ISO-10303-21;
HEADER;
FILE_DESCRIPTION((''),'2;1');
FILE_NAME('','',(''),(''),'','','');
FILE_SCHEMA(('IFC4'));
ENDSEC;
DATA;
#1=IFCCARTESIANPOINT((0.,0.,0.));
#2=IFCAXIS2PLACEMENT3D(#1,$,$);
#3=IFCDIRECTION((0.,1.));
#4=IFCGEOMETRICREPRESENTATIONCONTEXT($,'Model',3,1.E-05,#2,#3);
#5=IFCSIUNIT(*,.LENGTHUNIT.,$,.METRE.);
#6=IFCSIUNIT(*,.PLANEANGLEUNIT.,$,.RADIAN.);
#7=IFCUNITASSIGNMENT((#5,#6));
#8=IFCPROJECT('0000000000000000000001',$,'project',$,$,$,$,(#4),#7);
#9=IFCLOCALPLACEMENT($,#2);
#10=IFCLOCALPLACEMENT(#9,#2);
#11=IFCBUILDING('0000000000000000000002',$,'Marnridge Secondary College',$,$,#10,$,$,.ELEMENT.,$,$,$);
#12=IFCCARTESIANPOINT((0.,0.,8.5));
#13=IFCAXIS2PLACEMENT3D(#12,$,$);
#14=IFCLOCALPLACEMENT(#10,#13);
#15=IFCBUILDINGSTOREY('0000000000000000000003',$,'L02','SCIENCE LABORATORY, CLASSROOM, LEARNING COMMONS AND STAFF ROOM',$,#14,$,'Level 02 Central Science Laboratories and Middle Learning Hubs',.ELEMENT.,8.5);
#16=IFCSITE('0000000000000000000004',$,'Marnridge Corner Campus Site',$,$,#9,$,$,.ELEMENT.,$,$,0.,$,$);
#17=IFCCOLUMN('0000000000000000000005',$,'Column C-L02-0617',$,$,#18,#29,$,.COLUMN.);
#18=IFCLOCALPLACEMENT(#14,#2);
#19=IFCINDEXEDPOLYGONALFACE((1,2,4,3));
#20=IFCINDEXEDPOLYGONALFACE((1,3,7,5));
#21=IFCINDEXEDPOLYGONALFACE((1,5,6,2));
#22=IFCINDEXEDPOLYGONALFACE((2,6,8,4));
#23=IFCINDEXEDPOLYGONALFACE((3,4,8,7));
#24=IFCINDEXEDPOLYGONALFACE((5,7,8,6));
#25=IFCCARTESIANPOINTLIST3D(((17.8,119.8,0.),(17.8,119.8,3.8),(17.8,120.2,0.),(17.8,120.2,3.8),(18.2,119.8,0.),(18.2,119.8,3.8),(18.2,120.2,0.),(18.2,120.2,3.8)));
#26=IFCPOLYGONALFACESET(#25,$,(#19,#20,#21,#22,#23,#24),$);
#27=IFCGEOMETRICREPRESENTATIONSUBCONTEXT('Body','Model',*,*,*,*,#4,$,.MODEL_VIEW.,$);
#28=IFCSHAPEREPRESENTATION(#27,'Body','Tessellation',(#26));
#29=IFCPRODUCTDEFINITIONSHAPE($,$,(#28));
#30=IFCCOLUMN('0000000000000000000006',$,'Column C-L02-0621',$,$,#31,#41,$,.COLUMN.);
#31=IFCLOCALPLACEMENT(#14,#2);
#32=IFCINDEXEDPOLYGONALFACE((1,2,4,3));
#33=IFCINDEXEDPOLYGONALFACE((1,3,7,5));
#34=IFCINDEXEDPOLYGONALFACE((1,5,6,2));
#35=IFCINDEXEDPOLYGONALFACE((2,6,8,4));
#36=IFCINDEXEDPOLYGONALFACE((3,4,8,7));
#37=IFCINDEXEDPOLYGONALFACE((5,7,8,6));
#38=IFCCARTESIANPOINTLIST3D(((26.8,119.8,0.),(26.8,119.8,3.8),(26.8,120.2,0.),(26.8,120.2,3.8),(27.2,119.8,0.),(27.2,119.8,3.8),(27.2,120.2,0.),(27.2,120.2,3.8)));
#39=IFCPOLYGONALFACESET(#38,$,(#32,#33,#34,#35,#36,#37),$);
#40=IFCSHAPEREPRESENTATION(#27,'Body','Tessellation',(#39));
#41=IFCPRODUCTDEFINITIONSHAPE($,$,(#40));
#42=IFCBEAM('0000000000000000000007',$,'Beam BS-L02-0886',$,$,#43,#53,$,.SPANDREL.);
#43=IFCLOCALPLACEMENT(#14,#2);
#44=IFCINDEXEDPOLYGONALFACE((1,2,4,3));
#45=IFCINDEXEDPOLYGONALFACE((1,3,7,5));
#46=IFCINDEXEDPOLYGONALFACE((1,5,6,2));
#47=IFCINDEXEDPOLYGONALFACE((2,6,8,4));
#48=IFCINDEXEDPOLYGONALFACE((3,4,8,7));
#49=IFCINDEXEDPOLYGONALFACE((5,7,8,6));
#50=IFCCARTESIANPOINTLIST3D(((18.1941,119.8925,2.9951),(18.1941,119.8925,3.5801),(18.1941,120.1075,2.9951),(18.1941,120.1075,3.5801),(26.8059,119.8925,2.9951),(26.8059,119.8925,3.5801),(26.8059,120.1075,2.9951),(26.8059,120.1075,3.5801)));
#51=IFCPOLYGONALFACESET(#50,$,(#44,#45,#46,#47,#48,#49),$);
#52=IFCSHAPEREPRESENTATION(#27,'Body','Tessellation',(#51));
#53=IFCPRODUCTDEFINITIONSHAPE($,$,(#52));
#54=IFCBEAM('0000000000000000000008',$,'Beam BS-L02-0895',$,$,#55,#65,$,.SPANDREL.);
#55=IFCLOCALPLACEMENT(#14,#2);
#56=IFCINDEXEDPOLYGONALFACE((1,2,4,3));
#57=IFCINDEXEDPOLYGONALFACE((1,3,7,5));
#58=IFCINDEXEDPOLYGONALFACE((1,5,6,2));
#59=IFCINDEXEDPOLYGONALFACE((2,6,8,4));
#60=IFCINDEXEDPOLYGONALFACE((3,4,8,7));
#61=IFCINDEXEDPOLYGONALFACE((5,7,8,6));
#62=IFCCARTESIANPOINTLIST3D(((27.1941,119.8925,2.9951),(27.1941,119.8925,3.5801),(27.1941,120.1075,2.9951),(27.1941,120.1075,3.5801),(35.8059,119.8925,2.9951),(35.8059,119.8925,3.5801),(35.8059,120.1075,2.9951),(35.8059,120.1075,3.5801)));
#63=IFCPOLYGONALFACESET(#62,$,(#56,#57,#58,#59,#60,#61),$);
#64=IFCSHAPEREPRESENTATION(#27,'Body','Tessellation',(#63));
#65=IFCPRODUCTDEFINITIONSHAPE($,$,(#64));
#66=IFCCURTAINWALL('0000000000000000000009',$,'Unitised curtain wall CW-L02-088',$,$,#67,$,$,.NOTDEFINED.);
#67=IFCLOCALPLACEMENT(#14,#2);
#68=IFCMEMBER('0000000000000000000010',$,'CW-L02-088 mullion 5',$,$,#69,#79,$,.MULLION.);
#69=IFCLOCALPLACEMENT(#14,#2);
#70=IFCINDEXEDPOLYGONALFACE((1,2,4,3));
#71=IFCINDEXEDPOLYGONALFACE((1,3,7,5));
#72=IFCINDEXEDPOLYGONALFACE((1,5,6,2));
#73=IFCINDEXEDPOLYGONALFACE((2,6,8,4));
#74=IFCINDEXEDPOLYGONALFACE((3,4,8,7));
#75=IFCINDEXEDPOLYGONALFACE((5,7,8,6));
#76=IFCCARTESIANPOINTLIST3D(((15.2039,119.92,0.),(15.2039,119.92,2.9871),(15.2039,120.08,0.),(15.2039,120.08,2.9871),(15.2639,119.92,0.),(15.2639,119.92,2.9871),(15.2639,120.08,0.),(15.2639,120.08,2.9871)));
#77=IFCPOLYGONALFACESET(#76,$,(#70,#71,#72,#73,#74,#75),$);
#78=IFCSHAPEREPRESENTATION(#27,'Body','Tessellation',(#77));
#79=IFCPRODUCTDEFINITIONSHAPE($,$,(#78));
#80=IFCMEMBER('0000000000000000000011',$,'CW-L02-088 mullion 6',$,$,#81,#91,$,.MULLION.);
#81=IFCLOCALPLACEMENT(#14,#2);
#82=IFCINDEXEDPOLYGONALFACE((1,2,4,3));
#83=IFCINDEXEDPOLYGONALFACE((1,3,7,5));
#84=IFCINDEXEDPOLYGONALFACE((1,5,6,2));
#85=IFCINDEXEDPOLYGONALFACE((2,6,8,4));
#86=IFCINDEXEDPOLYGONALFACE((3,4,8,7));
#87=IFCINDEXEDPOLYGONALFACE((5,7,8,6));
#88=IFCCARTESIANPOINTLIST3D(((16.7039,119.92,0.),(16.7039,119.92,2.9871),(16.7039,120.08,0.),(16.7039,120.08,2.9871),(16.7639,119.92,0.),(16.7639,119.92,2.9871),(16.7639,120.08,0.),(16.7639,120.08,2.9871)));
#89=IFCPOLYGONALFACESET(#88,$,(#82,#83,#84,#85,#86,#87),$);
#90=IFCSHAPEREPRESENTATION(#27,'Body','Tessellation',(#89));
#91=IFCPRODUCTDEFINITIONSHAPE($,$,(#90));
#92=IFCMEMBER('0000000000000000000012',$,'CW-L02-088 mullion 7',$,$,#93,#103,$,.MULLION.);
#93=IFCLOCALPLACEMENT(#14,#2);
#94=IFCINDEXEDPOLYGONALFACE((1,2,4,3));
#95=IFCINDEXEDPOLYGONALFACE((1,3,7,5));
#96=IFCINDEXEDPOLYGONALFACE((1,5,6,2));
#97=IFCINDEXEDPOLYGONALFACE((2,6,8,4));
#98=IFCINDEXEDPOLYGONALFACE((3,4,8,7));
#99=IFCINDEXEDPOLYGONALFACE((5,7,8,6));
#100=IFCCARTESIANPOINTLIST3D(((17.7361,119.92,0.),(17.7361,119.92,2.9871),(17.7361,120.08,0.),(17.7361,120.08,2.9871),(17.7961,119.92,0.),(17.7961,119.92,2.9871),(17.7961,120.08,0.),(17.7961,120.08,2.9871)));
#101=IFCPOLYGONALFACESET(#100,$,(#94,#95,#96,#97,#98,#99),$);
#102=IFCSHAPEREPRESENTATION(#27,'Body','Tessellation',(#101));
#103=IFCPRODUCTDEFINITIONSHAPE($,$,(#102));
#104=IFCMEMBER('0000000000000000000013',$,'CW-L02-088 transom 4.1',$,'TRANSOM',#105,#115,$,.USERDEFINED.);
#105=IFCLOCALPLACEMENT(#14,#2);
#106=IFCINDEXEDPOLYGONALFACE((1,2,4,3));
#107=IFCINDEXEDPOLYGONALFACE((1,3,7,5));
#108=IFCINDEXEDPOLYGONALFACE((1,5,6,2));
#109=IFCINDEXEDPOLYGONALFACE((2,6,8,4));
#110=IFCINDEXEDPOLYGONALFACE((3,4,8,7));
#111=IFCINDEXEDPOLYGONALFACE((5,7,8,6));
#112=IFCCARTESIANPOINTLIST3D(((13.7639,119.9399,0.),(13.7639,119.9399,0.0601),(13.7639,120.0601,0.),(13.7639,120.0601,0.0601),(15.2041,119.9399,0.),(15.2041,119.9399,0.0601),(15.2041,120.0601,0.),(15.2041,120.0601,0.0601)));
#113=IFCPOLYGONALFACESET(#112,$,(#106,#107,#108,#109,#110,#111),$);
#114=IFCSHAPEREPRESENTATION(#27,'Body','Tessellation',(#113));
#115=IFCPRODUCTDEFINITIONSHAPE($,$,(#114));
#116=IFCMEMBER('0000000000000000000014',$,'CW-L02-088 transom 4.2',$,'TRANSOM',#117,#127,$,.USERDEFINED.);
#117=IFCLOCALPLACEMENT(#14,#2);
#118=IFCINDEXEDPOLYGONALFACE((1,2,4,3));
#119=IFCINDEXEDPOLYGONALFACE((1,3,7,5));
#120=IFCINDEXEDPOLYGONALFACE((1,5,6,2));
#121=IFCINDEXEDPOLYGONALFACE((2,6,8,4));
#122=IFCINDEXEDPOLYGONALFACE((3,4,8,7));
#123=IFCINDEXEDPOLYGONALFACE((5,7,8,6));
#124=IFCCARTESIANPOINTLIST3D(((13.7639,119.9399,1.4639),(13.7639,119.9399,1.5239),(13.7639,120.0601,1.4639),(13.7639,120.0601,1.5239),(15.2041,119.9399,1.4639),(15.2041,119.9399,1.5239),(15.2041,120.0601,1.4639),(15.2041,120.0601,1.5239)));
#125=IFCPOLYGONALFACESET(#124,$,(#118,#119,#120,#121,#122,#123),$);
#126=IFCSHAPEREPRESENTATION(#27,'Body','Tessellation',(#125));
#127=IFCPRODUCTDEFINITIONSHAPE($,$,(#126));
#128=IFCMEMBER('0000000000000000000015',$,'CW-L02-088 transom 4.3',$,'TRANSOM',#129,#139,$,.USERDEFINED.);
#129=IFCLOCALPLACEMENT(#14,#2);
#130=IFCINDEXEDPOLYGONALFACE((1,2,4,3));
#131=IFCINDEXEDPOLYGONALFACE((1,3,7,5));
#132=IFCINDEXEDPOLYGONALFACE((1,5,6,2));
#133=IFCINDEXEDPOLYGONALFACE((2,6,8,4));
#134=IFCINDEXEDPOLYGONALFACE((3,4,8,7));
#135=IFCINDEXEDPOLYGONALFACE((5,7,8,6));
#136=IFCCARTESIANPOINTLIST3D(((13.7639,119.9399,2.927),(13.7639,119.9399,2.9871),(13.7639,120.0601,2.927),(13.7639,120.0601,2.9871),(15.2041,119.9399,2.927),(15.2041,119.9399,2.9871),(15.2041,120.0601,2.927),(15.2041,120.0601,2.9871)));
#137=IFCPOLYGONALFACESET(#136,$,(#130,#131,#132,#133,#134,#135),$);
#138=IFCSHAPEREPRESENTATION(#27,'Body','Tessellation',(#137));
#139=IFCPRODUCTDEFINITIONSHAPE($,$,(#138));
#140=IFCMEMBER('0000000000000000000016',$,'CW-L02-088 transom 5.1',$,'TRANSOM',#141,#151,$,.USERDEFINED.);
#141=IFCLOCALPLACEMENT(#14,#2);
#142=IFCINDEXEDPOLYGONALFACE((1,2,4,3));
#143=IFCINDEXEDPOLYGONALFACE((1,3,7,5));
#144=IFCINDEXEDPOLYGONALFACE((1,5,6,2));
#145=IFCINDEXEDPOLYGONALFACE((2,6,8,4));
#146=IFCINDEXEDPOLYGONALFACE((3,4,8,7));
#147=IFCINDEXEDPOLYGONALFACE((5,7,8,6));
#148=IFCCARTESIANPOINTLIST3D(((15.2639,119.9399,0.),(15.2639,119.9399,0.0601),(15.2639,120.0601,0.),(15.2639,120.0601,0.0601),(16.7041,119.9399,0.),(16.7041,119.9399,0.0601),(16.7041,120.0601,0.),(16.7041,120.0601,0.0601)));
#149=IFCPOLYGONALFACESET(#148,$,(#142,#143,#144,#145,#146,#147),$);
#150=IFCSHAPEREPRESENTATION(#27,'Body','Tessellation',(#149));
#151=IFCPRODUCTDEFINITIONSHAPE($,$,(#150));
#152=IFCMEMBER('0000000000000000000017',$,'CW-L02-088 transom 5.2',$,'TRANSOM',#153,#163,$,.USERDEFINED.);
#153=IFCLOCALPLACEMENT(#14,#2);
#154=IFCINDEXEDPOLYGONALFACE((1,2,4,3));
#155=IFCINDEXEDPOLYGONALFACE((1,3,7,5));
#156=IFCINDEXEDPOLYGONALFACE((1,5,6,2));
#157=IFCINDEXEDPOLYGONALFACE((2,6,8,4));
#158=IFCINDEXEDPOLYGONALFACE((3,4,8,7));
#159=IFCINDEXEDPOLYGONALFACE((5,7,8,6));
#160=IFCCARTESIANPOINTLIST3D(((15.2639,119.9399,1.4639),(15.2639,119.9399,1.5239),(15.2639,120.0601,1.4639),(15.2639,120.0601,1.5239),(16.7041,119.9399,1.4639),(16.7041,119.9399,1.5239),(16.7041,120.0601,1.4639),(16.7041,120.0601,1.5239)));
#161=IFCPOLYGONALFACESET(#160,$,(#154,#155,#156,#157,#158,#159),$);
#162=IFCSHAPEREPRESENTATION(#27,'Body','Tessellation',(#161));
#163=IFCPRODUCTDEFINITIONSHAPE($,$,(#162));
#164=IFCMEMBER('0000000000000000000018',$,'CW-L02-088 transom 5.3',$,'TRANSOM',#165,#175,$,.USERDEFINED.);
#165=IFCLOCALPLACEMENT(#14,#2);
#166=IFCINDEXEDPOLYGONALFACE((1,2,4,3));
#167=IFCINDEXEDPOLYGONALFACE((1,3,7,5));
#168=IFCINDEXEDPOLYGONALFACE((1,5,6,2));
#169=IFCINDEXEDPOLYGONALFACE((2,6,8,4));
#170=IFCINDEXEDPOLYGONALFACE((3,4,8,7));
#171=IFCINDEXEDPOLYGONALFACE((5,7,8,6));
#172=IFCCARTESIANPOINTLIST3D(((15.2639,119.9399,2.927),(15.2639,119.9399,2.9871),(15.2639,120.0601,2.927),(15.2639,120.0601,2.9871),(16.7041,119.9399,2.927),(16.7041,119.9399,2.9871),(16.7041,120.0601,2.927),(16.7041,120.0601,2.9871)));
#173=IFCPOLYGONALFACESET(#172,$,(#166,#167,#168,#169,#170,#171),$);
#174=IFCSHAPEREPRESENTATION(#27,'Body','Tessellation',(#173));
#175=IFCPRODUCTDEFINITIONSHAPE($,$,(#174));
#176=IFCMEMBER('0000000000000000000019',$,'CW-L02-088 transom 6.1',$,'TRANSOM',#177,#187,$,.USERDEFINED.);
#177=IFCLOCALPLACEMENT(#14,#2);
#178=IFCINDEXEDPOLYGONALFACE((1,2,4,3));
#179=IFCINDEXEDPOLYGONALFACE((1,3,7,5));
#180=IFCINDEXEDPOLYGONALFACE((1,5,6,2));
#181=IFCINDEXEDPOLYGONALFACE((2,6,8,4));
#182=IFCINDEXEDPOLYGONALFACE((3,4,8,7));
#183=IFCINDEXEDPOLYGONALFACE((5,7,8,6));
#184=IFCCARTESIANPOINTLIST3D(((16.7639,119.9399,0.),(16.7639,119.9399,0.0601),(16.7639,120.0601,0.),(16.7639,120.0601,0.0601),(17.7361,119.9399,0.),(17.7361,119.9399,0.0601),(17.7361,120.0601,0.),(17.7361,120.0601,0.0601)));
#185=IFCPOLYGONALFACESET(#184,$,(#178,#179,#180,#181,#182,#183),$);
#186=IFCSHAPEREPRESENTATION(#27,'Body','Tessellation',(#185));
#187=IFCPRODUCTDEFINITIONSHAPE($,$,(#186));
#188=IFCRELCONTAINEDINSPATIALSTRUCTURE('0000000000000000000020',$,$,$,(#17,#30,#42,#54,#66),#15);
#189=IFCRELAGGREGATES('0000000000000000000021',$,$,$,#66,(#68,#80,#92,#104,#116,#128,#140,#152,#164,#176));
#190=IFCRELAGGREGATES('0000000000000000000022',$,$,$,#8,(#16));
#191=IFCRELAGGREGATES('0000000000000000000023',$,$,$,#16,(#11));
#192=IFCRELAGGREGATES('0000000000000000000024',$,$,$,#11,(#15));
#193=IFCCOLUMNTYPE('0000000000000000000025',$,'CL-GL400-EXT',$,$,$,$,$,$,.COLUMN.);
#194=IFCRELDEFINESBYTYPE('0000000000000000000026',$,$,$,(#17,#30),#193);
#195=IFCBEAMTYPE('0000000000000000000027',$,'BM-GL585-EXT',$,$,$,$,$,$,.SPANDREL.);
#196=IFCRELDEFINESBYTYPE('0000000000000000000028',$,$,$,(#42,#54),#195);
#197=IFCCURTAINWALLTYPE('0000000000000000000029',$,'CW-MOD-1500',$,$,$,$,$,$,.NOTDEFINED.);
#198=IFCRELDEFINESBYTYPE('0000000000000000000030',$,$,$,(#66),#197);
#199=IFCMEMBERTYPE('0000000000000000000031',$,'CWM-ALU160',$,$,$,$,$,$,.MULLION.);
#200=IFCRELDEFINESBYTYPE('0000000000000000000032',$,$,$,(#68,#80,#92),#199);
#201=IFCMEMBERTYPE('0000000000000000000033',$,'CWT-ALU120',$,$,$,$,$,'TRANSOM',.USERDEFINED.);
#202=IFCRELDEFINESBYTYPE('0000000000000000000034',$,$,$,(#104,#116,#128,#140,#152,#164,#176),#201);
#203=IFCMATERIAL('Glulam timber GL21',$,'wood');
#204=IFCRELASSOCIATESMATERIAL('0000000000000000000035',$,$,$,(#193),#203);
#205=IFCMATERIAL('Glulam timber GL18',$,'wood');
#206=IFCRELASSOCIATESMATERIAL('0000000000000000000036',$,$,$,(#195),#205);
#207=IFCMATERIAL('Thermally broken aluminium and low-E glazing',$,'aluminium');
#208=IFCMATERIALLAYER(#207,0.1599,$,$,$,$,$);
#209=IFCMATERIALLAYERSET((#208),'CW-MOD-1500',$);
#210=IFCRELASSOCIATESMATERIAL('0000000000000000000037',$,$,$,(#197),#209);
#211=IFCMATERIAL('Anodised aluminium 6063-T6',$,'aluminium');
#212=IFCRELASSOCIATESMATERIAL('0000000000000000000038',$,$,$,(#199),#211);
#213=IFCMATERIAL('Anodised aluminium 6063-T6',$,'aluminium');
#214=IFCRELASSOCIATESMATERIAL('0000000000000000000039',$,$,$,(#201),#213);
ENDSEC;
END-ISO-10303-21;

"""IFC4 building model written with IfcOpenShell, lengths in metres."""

from ifc_helpers import new_model, si_unit, direction, frame, origin, origin_2d, place, context, subcontext, project, spatial, rectangle, extrude, material, layer, layer_set, material_profile, profile_set, type_object, element, aggregate, save


model = new_model("IFC4")

# Units and contexts
model_context = context("Model", 3, precision=1e-05, world=origin(), true_north=direction((0.0, 1.0)))
body_context = subcontext(model_context, "Body", "Model", "MODEL_VIEW")
ifc_project = project(units=[si_unit("LENGTHUNIT", "METRE"), si_unit("PLANEANGLEUNIT", "RADIAN")], contexts=[model_context])

# Site, building, storey
site_placement = place(None, origin())
site = spatial("IfcSite", under=ifc_project, at=site_placement, Name="Marnridge Corner Campus Site", CompositionType="ELEMENT", RefElevation=0.0)
building_placement = place(site_placement, origin())
building = spatial("IfcBuilding", under=site, at=building_placement, Name="Marnridge Secondary College", CompositionType="ELEMENT")
storey_placement = place(building_placement, frame((0.0, 0.0, 8.5)))
storey = spatial("IfcBuildingStorey", under=building, at=storey_placement, Name="L02", Description="SCIENCE LABORATORY, CLASSROOM, LEARNING COMMONS AND STAFF ROOM", LongName="Level 02 Central Science Laboratories and Middle Learning Hubs", CompositionType="ELEMENT", Elevation=8.5)

# Columns
ifc_material_1 = material(Name="Glulam timber GL21", Category="wood")
ifc_material_profile_1 = material_profile(ifc_material_1, rectangle(XDim=0.3999, YDim=0.3999, at=origin_2d()), Name="GL21 400x400")
ifc_profile_set_1 = profile_set([ifc_material_profile_1], Name="Glulam timber GL21")
column_type = type_object("IfcColumnType", Name="CL-GL400-EXT", PredefinedType="COLUMN", material=ifc_profile_set_1)
for number, where, z_axis, x_axis, name in (
    (1, (18.0, 120.0, 0.0), (0.0, 0.0, 1.0), (1.0, 0.0, 0.0), "Column C-L02-0617"),
    (2, (27.0, 120.0, 0.0), (0.0, 0.0, 1.0), (1.0, 0.0, 0.0), "Column C-L02-0621"),
):
    element("IfcColumn", number, at=place(storey_placement, frame(where, z_axis=z_axis, x_axis=x_axis)), inside=storey, type_object=column_type, Name=name, PredefinedType="COLUMN", context=body_context, shape_type="SweptSolid", body=[
        extrude(rectangle(XDim=0.3999, YDim=0.3999, at=origin_2d()), origin(), (0.0, 0.0, 1.0), 3.8),
    ])

# Beams
ifc_material_2 = material(Name="Glulam timber GL18", Category="wood")
ifc_material_profile_2 = material_profile(ifc_material_2, rectangle(XDim=0.2151, YDim=0.585, at=origin_2d()), Name="GL18 215x585")
ifc_profile_set_2 = profile_set([ifc_material_profile_2], Name="Glulam timber GL18")
beam_type = type_object("IfcBeamType", Name="BM-GL585-EXT", PredefinedType="SPANDREL", material=ifc_profile_set_2)
for number, where, z_axis, x_axis, name in (
    (3, (18.1941, 120.0, 3.2876), (1.0, 0.0, 0.0), (0.0, 1.0, 0.0), "Beam BS-L02-0886"),
    (4, (27.1941, 120.0, 3.2876), (1.0, 0.0, 0.0), (0.0, 1.0, 0.0), "Beam BS-L02-0895"),
):
    element("IfcBeam", number, at=place(storey_placement, frame(where, z_axis=z_axis, x_axis=x_axis)), inside=storey, type_object=beam_type, Name=name, PredefinedType="SPANDREL", context=body_context, shape_type="SweptSolid", body=[
        extrude(rectangle(XDim=0.2151, YDim=0.585, at=origin_2d()), origin(), (0.0, 0.0, 1.0), 8.6118),
    ])

# Curtain wall, members
ifc_material_3 = material(Name="Thermally broken aluminium and low-E glazing", Category="aluminium")
ifc_layer_1 = layer(ifc_material_3, 0.1599)
ifc_layer_set_1 = layer_set([ifc_layer_1], Name="CW-MOD-1500")
curtain_wall_type = type_object("IfcCurtainWallType", Name="CW-MOD-1500", PredefinedType="NOTDEFINED", material=ifc_layer_set_1)
curtain_wall_placement = place(storey_placement, origin())
curtain_wall = element("IfcCurtainWall", 5, at=curtain_wall_placement, inside=storey, type_object=curtain_wall_type, Name="Unitised curtain wall CW-L02-088", PredefinedType="NOTDEFINED")
ifc_material_4 = material(Name="Anodised aluminium 6063-T6", Category="aluminium")
ifc_material_profile_3 = material_profile(ifc_material_4, rectangle(XDim=0.0601, YDim=0.1599, at=origin_2d()), Name="ALU 60x160")
ifc_profile_set_3 = profile_set([ifc_material_profile_3], Name="Anodised aluminium 6063-T6")
member_type_1 = type_object("IfcMemberType", Name="CWM-ALU160", PredefinedType="MULLION", material=ifc_profile_set_3)
member_1_placement = place(storey_placement, frame((15.2339, 120.0, 0.0), z_axis=(0.0, 0.0, 1.0), x_axis=(1.0, 0.0, 0.0)))
member_1 = element("IfcMember", 6, at=member_1_placement, type_object=member_type_1, Name="CW-L02-088 mullion 5", PredefinedType="MULLION", context=body_context, shape_type="SweptSolid", body=[
    extrude(rectangle(XDim=0.0601, YDim=0.1599, at=origin_2d()), origin(), (0.0, 0.0, 1.0), 2.9871),
])
member_2_placement = place(storey_placement, frame((16.7339, 120.0, 0.0), z_axis=(0.0, 0.0, 1.0), x_axis=(1.0, 0.0, 0.0)))
member_2 = element("IfcMember", 7, at=member_2_placement, type_object=member_type_1, Name="CW-L02-088 mullion 6", PredefinedType="MULLION", context=body_context, shape_type="SweptSolid", body=[
    extrude(rectangle(XDim=0.0601, YDim=0.1599, at=origin_2d()), origin(), (0.0, 0.0, 1.0), 2.9871),
])
member_3_placement = place(storey_placement, frame((17.7661, 120.0, 0.0), z_axis=(0.0, 0.0, 1.0), x_axis=(1.0, 0.0, 0.0)))
member_3 = element("IfcMember", 8, at=member_3_placement, type_object=member_type_1, Name="CW-L02-088 mullion 7", PredefinedType="MULLION", context=body_context, shape_type="SweptSolid", body=[
    extrude(rectangle(XDim=0.0601, YDim=0.1599, at=origin_2d()), origin(), (0.0, 0.0, 1.0), 2.9871),
])
ifc_material_5 = material(Name="Anodised aluminium 6063-T6", Category="aluminium")
ifc_material_profile_4 = material_profile(ifc_material_5, rectangle(XDim=0.0601, YDim=0.1201, at=origin_2d()), Name="ALU 60x120")
ifc_profile_set_4 = profile_set([ifc_material_profile_4], Name="Anodised aluminium 6063-T6")
member_type_2 = type_object("IfcMemberType", Name="CWT-ALU120", ElementType="TRANSOM", PredefinedType="USERDEFINED", material=ifc_profile_set_4)
member_4_placement = place(storey_placement, frame((13.7639, 120.0, 0.03), z_axis=(1.0, 0.0, 0.0), x_axis=(0.0, 0.0, 1.0)))
member_4 = element("IfcMember", 9, at=member_4_placement, type_object=member_type_2, Name="CW-L02-088 transom 4.1", ObjectType="TRANSOM", PredefinedType="USERDEFINED", context=body_context, shape_type="SweptSolid", body=[
    extrude(rectangle(XDim=0.0601, YDim=0.1201, at=origin_2d()), origin(), (0.0, 0.0, 1.0), 1.4402),
])
member_5_placement = place(storey_placement, frame((13.7639, 120.0, 1.4939), z_axis=(1.0, 0.0, 0.0), x_axis=(0.0, 0.0, 1.0)))
member_5 = element("IfcMember", 10, at=member_5_placement, type_object=member_type_2, Name="CW-L02-088 transom 4.2", ObjectType="TRANSOM", PredefinedType="USERDEFINED", context=body_context, shape_type="SweptSolid", body=[
    extrude(rectangle(XDim=0.0601, YDim=0.1201, at=origin_2d()), origin(), (0.0, 0.0, 1.0), 1.4402),
])
member_6_placement = place(storey_placement, frame((13.7639, 120.0, 2.957), z_axis=(1.0, 0.0, 0.0), x_axis=(0.0, 0.0, 1.0)))
member_6 = element("IfcMember", 11, at=member_6_placement, type_object=member_type_2, Name="CW-L02-088 transom 4.3", ObjectType="TRANSOM", PredefinedType="USERDEFINED", context=body_context, shape_type="SweptSolid", body=[
    extrude(rectangle(XDim=0.0601, YDim=0.1201, at=origin_2d()), origin(), (0.0, 0.0, 1.0), 1.4402),
])
member_7_placement = place(storey_placement, frame((15.2639, 120.0, 0.03), z_axis=(1.0, 0.0, 0.0), x_axis=(0.0, 0.0, 1.0)))
member_7 = element("IfcMember", 12, at=member_7_placement, type_object=member_type_2, Name="CW-L02-088 transom 5.1", ObjectType="TRANSOM", PredefinedType="USERDEFINED", context=body_context, shape_type="SweptSolid", body=[
    extrude(rectangle(XDim=0.0601, YDim=0.1201, at=origin_2d()), origin(), (0.0, 0.0, 1.0), 1.4402),
])
member_8_placement = place(storey_placement, frame((15.2639, 120.0, 1.4939), z_axis=(1.0, 0.0, 0.0), x_axis=(0.0, 0.0, 1.0)))
member_8 = element("IfcMember", 13, at=member_8_placement, type_object=member_type_2, Name="CW-L02-088 transom 5.2", ObjectType="TRANSOM", PredefinedType="USERDEFINED", context=body_context, shape_type="SweptSolid", body=[
    extrude(rectangle(XDim=0.0601, YDim=0.1201, at=origin_2d()), origin(), (0.0, 0.0, 1.0), 1.4402),
])
member_9_placement = place(storey_placement, frame((15.2639, 120.0, 2.957), z_axis=(1.0, 0.0, 0.0), x_axis=(0.0, 0.0, 1.0)))
member_9 = element("IfcMember", 14, at=member_9_placement, type_object=member_type_2, Name="CW-L02-088 transom 5.3", ObjectType="TRANSOM", PredefinedType="USERDEFINED", context=body_context, shape_type="SweptSolid", body=[
    extrude(rectangle(XDim=0.0601, YDim=0.1201, at=origin_2d()), origin(), (0.0, 0.0, 1.0), 1.4402),
])
member_10_placement = place(storey_placement, frame((16.7639, 120.0, 0.03), z_axis=(1.0, 0.0, 0.0), x_axis=(0.0, 0.0, 1.0)))
member_10 = element("IfcMember", 15, at=member_10_placement, type_object=member_type_2, Name="CW-L02-088 transom 6.1", ObjectType="TRANSOM", PredefinedType="USERDEFINED", context=body_context, shape_type="SweptSolid", body=[
    extrude(rectangle(XDim=0.0601, YDim=0.1201, at=origin_2d()), origin(), (0.0, 0.0, 1.0), 0.9722),
])
aggregate(curtain_wall, [member_1, member_2, member_3, member_4, member_5, member_6, member_7, member_8, member_9, member_10])

save(model, "model.ifc")
